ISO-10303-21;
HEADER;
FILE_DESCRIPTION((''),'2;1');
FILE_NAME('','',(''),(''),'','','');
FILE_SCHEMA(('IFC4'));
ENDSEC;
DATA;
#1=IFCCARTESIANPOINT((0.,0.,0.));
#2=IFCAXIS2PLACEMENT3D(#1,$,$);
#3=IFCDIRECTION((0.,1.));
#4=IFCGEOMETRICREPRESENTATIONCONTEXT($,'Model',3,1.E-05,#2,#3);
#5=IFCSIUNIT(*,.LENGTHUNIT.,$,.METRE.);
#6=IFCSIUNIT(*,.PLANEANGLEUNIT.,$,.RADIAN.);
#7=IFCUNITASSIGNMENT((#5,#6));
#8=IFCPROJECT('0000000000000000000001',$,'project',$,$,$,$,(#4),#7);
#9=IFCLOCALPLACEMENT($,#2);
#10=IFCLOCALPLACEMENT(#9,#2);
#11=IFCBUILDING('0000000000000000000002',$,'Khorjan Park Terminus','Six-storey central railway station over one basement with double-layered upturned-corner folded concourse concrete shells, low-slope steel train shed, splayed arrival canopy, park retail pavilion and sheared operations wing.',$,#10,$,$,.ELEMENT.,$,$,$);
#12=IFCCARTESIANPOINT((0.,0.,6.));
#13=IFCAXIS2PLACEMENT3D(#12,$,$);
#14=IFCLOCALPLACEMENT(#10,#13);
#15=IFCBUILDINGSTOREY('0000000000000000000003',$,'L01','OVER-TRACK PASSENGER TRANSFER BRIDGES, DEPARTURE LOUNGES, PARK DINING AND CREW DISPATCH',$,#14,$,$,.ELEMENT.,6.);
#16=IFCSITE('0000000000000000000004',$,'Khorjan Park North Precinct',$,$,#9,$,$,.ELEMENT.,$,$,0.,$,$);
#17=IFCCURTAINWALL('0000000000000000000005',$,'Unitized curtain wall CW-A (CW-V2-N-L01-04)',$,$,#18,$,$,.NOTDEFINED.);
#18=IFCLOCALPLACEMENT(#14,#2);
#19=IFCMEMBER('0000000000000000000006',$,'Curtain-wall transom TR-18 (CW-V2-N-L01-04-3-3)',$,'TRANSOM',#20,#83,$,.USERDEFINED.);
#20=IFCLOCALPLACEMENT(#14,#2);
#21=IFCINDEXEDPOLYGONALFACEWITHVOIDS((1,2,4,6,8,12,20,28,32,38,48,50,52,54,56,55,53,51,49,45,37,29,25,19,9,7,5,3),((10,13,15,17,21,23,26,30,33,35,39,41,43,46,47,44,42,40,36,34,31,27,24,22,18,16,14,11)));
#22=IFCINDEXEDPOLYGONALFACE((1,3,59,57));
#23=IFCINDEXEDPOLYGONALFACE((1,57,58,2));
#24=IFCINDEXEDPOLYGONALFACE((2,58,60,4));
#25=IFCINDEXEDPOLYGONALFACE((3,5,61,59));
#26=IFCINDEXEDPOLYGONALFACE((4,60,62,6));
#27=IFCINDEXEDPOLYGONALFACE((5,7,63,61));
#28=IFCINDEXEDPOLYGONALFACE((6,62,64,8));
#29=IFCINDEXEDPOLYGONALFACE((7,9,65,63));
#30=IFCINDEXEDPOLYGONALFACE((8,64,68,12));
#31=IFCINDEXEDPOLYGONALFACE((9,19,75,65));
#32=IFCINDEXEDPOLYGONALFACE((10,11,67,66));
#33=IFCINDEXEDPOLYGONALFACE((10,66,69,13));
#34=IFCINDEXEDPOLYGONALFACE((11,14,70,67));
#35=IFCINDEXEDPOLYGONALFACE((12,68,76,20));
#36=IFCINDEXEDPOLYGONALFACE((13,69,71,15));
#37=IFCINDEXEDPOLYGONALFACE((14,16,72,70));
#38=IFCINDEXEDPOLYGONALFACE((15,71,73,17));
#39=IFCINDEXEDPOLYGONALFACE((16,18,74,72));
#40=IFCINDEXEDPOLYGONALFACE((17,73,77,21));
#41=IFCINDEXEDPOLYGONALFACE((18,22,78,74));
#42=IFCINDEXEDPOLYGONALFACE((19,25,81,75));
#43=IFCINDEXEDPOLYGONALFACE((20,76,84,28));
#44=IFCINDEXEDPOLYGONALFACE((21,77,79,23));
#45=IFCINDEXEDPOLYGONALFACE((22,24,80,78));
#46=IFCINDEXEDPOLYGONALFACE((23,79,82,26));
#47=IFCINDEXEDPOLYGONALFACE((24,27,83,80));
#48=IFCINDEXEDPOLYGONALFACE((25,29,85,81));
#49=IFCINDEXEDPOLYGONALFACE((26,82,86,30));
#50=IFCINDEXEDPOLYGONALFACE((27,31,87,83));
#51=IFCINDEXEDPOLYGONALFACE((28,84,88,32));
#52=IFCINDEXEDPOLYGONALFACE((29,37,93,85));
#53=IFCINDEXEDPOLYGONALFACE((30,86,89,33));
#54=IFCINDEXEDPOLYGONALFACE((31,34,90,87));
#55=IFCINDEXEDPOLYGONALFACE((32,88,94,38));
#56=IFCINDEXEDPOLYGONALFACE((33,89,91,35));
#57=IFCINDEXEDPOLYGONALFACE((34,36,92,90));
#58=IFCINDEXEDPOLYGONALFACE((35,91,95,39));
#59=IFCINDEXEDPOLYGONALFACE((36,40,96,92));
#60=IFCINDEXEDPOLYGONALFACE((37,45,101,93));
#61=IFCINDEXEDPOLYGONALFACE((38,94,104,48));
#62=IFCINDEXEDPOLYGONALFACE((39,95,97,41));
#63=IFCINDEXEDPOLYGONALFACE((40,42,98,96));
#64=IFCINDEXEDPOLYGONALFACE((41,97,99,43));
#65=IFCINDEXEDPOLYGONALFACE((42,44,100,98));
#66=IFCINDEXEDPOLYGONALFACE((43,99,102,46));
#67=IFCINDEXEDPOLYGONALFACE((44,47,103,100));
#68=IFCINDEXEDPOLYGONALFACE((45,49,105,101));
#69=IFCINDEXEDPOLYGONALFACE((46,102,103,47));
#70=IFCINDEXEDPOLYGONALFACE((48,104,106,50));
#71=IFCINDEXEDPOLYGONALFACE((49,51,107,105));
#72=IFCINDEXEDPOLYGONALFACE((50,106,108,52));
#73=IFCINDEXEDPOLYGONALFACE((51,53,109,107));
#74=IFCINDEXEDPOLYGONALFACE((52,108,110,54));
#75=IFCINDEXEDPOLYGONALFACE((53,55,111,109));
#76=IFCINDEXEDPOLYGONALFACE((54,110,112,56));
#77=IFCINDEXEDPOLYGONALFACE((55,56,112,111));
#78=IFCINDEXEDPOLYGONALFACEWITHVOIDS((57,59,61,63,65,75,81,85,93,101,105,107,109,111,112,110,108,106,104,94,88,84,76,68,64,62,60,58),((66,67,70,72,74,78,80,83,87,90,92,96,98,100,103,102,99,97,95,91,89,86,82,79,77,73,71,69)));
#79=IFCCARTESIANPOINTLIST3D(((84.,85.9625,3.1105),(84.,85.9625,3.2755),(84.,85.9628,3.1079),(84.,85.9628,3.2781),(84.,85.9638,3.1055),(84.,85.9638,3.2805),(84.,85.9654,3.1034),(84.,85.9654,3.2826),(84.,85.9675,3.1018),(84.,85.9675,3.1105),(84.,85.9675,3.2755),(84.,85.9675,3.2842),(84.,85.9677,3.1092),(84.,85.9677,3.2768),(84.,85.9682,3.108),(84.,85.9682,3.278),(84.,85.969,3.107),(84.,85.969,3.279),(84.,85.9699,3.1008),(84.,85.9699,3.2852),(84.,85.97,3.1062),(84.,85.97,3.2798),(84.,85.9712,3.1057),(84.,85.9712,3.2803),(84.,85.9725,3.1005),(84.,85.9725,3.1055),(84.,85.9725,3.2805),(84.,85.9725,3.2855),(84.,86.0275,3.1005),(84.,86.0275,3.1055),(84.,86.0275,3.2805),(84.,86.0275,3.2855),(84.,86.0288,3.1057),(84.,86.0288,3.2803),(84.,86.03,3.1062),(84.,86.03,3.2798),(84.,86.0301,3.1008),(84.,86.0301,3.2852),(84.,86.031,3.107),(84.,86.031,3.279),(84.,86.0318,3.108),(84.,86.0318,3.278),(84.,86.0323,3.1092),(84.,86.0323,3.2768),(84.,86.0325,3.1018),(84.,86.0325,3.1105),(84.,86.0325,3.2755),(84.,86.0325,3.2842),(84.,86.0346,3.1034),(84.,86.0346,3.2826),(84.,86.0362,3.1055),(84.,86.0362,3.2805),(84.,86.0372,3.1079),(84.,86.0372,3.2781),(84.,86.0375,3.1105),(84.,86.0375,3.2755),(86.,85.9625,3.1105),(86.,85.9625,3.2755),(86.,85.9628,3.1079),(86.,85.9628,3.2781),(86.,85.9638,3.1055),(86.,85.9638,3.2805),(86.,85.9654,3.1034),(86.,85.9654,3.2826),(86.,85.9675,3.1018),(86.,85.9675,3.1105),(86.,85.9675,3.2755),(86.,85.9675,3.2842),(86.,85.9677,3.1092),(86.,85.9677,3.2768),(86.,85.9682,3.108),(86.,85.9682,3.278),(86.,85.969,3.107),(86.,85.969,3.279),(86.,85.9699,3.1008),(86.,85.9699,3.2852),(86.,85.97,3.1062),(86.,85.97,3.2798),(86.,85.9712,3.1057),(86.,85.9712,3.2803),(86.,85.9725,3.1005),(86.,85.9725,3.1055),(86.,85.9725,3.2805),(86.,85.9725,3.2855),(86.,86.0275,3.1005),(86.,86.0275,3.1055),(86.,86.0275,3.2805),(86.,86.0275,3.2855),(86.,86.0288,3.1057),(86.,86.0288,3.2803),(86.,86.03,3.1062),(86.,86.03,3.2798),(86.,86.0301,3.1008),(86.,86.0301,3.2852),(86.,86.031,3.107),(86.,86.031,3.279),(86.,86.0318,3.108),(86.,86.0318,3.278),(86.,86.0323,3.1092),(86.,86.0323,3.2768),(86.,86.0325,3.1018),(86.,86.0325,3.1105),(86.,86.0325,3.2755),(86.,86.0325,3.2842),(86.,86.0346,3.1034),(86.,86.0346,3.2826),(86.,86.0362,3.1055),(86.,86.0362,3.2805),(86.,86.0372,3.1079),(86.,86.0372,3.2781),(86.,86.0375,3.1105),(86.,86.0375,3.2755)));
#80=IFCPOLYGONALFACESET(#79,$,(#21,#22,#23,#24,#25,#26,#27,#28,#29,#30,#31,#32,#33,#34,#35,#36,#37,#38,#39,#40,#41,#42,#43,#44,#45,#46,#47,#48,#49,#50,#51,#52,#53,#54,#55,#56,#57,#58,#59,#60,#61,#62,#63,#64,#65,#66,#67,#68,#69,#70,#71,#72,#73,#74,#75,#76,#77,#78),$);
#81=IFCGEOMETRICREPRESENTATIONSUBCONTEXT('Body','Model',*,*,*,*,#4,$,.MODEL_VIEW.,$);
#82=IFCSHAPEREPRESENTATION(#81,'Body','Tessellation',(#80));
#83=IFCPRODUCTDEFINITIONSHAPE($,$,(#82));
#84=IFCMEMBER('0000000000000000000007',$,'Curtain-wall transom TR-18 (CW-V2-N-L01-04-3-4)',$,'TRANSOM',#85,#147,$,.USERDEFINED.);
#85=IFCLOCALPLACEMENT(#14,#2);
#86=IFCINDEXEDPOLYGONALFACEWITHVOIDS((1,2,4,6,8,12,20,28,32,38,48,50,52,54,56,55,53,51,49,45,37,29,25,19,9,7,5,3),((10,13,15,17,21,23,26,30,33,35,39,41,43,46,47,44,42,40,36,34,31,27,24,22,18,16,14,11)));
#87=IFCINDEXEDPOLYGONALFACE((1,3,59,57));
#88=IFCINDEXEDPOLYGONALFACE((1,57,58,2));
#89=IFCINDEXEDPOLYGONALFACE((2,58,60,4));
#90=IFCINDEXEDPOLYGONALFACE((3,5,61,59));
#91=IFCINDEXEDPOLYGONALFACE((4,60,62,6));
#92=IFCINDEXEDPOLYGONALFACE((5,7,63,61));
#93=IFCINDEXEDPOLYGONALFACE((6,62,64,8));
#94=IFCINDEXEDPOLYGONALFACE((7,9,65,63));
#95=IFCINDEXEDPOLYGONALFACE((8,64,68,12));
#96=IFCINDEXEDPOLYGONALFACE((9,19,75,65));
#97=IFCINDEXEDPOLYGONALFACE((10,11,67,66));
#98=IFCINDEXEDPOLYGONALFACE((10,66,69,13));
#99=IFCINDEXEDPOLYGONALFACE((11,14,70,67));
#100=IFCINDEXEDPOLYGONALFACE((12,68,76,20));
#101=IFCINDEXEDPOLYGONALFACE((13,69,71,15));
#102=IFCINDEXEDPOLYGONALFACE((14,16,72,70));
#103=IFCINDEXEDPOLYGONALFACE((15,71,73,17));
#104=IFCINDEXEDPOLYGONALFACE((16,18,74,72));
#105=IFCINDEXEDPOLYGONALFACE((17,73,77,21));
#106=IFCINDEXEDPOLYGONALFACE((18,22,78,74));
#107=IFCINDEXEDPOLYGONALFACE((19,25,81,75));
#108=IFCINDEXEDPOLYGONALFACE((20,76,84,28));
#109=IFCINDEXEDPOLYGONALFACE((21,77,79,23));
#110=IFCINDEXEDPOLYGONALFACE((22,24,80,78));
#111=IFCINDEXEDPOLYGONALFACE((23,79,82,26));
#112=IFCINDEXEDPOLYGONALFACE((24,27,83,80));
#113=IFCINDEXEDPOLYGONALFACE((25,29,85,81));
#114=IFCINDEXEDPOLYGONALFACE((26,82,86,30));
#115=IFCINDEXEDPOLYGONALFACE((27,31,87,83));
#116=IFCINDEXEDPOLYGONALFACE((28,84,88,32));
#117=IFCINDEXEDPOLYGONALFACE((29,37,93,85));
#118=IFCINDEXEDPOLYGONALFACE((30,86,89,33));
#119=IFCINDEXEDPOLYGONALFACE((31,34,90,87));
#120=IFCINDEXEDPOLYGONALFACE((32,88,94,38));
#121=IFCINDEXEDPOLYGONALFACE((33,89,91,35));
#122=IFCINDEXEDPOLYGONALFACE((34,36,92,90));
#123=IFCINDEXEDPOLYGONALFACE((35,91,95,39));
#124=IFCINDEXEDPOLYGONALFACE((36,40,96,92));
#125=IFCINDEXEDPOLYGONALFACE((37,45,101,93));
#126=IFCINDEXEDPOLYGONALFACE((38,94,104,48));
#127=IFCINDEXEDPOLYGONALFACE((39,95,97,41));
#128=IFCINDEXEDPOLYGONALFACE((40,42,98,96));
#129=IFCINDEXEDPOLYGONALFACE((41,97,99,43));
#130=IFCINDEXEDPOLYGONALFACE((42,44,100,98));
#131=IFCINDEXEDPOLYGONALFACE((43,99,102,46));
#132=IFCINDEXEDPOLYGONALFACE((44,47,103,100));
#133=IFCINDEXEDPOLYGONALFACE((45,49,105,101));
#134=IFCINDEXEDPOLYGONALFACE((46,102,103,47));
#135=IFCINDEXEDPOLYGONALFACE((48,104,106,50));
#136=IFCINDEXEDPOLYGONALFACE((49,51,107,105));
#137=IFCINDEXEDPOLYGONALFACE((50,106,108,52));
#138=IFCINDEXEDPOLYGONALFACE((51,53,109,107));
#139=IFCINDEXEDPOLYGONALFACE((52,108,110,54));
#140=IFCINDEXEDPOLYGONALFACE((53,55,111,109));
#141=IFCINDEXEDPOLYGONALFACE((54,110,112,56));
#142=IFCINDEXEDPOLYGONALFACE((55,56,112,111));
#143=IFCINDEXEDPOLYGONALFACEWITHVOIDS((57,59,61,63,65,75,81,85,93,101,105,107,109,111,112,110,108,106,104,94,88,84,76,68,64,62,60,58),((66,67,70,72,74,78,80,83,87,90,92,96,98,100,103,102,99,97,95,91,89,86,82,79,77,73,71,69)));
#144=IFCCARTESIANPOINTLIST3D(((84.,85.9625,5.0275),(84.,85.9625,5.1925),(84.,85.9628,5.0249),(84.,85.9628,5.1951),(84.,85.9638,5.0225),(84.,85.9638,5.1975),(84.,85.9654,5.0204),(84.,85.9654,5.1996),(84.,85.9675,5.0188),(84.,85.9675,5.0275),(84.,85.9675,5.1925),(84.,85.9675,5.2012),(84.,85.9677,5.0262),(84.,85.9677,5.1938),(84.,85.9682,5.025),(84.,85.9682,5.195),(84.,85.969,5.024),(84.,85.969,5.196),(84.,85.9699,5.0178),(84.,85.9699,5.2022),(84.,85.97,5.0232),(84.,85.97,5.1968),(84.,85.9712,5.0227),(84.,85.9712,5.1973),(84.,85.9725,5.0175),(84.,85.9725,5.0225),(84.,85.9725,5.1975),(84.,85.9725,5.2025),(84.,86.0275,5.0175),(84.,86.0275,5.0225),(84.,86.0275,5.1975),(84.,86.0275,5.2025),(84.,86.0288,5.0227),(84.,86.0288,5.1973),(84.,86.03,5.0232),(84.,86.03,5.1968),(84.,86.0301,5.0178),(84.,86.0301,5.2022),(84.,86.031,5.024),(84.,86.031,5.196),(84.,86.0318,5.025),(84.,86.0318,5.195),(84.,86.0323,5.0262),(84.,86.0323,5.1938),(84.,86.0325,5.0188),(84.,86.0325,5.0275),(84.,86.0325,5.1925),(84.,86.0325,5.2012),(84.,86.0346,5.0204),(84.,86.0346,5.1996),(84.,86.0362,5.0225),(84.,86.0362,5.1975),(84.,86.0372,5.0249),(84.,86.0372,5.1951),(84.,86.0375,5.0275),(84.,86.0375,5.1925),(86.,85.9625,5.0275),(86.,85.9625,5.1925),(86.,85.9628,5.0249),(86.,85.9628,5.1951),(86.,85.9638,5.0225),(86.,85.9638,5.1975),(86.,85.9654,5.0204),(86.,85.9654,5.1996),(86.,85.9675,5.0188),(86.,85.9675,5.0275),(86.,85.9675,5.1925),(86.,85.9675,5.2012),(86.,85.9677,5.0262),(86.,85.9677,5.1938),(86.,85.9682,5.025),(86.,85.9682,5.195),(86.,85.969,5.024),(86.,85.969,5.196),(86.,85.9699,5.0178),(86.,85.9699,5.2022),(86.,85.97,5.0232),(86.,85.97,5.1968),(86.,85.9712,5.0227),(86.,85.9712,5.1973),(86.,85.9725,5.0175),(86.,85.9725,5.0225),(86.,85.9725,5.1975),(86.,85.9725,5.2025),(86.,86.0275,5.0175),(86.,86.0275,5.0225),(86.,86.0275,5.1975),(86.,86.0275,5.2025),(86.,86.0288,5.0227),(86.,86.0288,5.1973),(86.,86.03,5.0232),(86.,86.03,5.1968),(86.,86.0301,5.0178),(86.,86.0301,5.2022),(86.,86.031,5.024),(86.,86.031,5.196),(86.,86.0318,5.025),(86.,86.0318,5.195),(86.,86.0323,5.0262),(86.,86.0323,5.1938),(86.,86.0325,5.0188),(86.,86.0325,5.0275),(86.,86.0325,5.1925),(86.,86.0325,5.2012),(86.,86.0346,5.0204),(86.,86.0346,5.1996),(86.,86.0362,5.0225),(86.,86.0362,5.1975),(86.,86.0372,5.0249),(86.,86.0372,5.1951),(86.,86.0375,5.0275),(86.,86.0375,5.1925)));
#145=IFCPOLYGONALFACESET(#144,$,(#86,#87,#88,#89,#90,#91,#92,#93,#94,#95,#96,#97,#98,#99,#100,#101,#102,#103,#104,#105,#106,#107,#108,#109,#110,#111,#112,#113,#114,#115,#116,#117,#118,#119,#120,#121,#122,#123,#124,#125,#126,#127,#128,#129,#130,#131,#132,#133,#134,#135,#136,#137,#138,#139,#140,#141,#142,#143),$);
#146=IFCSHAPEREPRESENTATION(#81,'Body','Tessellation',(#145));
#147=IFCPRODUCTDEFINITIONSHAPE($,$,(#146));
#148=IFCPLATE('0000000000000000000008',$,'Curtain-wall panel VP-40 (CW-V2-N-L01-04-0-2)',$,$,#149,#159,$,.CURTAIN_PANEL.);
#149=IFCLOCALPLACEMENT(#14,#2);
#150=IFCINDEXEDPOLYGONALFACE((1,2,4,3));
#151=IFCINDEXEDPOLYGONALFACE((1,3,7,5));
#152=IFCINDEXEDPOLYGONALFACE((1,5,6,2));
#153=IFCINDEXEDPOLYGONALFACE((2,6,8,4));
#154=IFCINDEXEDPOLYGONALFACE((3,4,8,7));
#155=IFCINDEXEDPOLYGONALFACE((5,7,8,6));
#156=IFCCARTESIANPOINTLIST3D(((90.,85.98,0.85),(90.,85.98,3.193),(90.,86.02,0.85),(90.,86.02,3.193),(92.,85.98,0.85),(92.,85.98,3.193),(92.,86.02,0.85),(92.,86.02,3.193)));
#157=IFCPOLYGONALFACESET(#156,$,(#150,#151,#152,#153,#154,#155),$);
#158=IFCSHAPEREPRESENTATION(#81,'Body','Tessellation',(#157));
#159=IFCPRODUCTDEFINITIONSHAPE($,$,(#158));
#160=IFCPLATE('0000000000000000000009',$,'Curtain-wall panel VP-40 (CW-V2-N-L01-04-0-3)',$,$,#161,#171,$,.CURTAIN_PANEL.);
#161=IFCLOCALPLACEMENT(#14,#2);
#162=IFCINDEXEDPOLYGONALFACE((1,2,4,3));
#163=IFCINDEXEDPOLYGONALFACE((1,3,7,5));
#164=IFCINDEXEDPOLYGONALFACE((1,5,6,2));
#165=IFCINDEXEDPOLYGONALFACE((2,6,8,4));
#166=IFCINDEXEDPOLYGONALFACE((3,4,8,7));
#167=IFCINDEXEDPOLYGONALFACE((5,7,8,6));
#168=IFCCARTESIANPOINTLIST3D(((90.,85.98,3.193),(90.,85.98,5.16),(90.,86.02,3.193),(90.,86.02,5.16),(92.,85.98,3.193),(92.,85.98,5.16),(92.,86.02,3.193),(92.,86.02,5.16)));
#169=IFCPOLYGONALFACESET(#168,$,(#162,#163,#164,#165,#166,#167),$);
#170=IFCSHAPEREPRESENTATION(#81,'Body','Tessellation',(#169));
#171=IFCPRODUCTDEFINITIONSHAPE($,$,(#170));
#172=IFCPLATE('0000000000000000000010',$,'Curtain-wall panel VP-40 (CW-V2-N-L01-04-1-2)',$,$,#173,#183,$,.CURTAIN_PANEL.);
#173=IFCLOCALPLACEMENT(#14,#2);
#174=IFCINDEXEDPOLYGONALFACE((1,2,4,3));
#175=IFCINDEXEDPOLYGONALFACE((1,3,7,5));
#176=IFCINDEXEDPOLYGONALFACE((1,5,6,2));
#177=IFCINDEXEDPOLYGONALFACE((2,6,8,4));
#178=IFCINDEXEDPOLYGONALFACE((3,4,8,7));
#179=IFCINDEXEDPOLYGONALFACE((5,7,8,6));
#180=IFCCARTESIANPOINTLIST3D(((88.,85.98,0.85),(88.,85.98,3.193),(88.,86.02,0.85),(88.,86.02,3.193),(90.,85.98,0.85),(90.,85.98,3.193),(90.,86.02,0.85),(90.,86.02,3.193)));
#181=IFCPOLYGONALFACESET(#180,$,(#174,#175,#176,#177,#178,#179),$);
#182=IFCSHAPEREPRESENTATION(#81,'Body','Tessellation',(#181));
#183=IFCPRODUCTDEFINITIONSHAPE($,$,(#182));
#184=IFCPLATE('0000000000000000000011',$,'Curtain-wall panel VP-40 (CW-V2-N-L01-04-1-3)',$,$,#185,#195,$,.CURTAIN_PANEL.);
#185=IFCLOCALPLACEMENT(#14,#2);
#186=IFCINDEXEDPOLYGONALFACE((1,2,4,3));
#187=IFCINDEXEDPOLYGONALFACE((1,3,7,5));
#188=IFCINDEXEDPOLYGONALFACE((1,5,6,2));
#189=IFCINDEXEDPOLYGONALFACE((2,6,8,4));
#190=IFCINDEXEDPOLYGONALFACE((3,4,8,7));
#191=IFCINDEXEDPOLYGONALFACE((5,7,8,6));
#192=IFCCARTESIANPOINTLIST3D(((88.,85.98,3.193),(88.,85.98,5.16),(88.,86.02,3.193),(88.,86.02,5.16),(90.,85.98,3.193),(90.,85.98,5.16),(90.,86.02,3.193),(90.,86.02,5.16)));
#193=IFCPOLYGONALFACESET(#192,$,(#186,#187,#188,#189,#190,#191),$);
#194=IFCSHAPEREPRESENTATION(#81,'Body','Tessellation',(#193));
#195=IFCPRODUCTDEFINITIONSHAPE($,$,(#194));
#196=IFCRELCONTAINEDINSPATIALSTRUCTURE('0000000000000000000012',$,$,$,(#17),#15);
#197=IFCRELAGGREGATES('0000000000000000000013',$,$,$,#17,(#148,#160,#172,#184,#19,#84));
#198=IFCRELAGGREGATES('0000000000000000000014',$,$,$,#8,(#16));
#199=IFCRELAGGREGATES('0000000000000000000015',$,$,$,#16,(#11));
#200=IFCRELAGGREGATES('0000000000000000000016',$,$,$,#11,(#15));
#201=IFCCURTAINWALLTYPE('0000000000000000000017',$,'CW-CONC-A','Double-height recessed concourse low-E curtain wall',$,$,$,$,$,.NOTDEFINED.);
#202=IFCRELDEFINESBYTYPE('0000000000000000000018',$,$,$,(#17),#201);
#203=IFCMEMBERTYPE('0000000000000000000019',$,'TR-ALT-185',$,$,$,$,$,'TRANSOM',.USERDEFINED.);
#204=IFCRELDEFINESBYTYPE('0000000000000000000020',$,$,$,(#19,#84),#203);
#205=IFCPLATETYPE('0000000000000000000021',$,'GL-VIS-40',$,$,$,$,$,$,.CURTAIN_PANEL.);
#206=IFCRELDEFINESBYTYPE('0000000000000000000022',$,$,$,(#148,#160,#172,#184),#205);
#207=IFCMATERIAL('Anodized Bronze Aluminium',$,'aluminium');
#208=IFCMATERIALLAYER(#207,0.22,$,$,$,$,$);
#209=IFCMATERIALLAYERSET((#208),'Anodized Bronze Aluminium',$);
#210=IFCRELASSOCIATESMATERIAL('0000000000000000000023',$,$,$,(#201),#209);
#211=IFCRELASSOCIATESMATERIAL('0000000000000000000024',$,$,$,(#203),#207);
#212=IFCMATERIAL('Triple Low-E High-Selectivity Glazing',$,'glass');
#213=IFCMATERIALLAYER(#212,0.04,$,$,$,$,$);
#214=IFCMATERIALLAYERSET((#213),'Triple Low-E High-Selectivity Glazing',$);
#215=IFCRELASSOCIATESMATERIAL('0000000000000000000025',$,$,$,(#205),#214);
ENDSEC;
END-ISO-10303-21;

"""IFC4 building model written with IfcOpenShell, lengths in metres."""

from ifc_helpers import new_model, si_unit, direction, frame, origin, origin_2d, place, context, subcontext, project, spatial, rectangle, hollow_rectangle, extrude, material, layer, layer_set, material_profile, profile_set, type_object, element, aggregate, save


model = new_model("IFC4")

# Units and contexts
model_context = context("Model", 3, precision=1e-05, world=origin(), true_north=direction((0.0, 1.0)))
body_context = subcontext(model_context, "Body", "Model", "MODEL_VIEW")
ifc_project = project(units=[si_unit("LENGTHUNIT", "METRE"), si_unit("PLANEANGLEUNIT", "RADIAN")], contexts=[model_context])

# Site, building, storey
site_placement = place(None, origin())
site = spatial("IfcSite", under=ifc_project, at=site_placement, Name="Khorjan Park North Precinct", CompositionType="ELEMENT", RefElevation=0.0)
building_placement = place(site_placement, origin())
building = spatial("IfcBuilding", under=site, at=building_placement, Name="Khorjan Park Terminus", Description="Six-storey central railway station over one basement with double-layered upturned-corner folded concourse concrete shells, low-slope steel train shed, splayed arrival canopy, park retail pavilion and sheared operations wing.", CompositionType="ELEMENT")
storey_placement = place(building_placement, frame((0.0, 0.0, 6.0)))
storey = spatial("IfcBuildingStorey", under=building, at=storey_placement, Name="L01", Description="OVER-TRACK PASSENGER TRANSFER BRIDGES, DEPARTURE LOUNGES, PARK DINING AND CREW DISPATCH", CompositionType="ELEMENT", Elevation=6.0)

# Curtain wall
ifc_material_1 = material(Name="Anodized Bronze Aluminium", Category="aluminium")
ifc_layer_1 = layer(ifc_material_1, 0.22)
ifc_layer_set_1 = layer_set([ifc_layer_1], Name="Anodized Bronze Aluminium")
curtain_wall_type = type_object("IfcCurtainWallType", Name="CW-CONC-A", Description="Double-height recessed concourse low-E curtain wall", PredefinedType="NOTDEFINED", material=ifc_layer_set_1)
curtain_wall_placement = place(storey_placement, origin())
curtain_wall = element("IfcCurtainWall", 1, at=curtain_wall_placement, inside=storey, type_object=curtain_wall_type, Name="Unitized curtain wall CW-A (CW-V2-N-L01-04)", PredefinedType="NOTDEFINED")

# Members
ifc_material_profile_1 = material_profile(ifc_material_1, hollow_rectangle(XDim=0.075, YDim=0.185, WallThickness=0.005, InnerFilletRadius=0.005, OuterFilletRadius=0.01, at=origin_2d()), Name="ALT 75x185x5")
ifc_profile_set_1 = profile_set([ifc_material_profile_1], Name="Anodized Bronze Aluminium")
member_type_1 = type_object("IfcMemberType", Name="TR-ALT-185", ElementType="TRANSOM", PredefinedType="USERDEFINED", material=ifc_profile_set_1)
member_1_placement = place(storey_placement, frame((86.0, 86.0, 3.193), z_axis=(-1.0, 0.0, 0.0), x_axis=(0.0, -1.0, 0.0)))
member_1 = element("IfcMember", 2, at=member_1_placement, type_object=member_type_1, Name="Curtain-wall transom TR-18 (CW-V2-N-L01-04-3-3)", ObjectType="TRANSOM", PredefinedType="USERDEFINED", context=body_context, shape_type="SweptSolid", body=[
    extrude(hollow_rectangle(XDim=0.075, YDim=0.185, WallThickness=0.005, InnerFilletRadius=0.005, OuterFilletRadius=0.01, at=origin_2d()), origin(), (0.0, 0.0, 1.0), 2.0),
])
member_2_placement = place(storey_placement, frame((86.0, 86.0, 5.11), z_axis=(-1.0, 0.0, 0.0), x_axis=(0.0, -1.0, 0.0)))
member_2 = element("IfcMember", 3, at=member_2_placement, type_object=member_type_1, Name="Curtain-wall transom TR-18 (CW-V2-N-L01-04-3-4)", ObjectType="TRANSOM", PredefinedType="USERDEFINED", context=body_context, shape_type="SweptSolid", body=[
    extrude(hollow_rectangle(XDim=0.075, YDim=0.185, WallThickness=0.005, InnerFilletRadius=0.005, OuterFilletRadius=0.01, at=origin_2d()), origin(), (0.0, 0.0, 1.0), 2.0),
])

# Plates
ifc_material_2 = material(Name="Triple Low-E High-Selectivity Glazing", Category="glass")
ifc_layer_2 = layer(ifc_material_2, 0.04)
ifc_layer_set_2 = layer_set([ifc_layer_2], Name="Triple Low-E High-Selectivity Glazing")
plate_type_1 = type_object("IfcPlateType", Name="GL-VIS-40", PredefinedType="CURTAIN_PANEL", material=ifc_layer_set_2)
plate_1_placement = place(storey_placement, frame((91.0, 86.0, 0.85), z_axis=(0.0, 0.0, 1.0), x_axis=(-1.0, 0.0, 0.0)))
plate_1 = element("IfcPlate", 4, at=plate_1_placement, type_object=plate_type_1, Name="Curtain-wall panel VP-40 (CW-V2-N-L01-04-0-2)", PredefinedType="CURTAIN_PANEL", context=body_context, shape_type="SweptSolid", body=[
    extrude(rectangle(XDim=2.0, YDim=0.04, at=origin_2d()), origin(), (0.0, 0.0, 1.0), 2.343),
])
plate_2_placement = place(storey_placement, frame((91.0, 86.0, 3.193), z_axis=(0.0, 0.0, 1.0), x_axis=(-1.0, 0.0, 0.0)))
plate_2 = element("IfcPlate", 5, at=plate_2_placement, type_object=plate_type_1, Name="Curtain-wall panel VP-40 (CW-V2-N-L01-04-0-3)", PredefinedType="CURTAIN_PANEL", context=body_context, shape_type="SweptSolid", body=[
    extrude(rectangle(XDim=2.0, YDim=0.04, at=origin_2d()), origin(), (0.0, 0.0, 1.0), 1.967),
])
plate_3_placement = place(storey_placement, frame((89.0, 86.0, 0.85), z_axis=(0.0, 0.0, 1.0), x_axis=(-1.0, 0.0, 0.0)))
plate_3 = element("IfcPlate", 6, at=plate_3_placement, type_object=plate_type_1, Name="Curtain-wall panel VP-40 (CW-V2-N-L01-04-1-2)", PredefinedType="CURTAIN_PANEL", context=body_context, shape_type="SweptSolid", body=[
    extrude(rectangle(XDim=2.0, YDim=0.04, at=origin_2d()), origin(), (0.0, 0.0, 1.0), 2.343),
])
plate_4_placement = place(storey_placement, frame((89.0, 86.0, 3.193), z_axis=(0.0, 0.0, 1.0), x_axis=(-1.0, 0.0, 0.0)))
plate_4 = element("IfcPlate", 7, at=plate_4_placement, type_object=plate_type_1, Name="Curtain-wall panel VP-40 (CW-V2-N-L01-04-1-3)", PredefinedType="CURTAIN_PANEL", context=body_context, shape_type="SweptSolid", body=[
    extrude(rectangle(XDim=2.0, YDim=0.04, at=origin_2d()), origin(), (0.0, 0.0, 1.0), 1.967),
])
aggregate(curtain_wall, [plate_1, plate_2, plate_3, plate_4, member_1, member_2])

save(model, "model.ifc")
